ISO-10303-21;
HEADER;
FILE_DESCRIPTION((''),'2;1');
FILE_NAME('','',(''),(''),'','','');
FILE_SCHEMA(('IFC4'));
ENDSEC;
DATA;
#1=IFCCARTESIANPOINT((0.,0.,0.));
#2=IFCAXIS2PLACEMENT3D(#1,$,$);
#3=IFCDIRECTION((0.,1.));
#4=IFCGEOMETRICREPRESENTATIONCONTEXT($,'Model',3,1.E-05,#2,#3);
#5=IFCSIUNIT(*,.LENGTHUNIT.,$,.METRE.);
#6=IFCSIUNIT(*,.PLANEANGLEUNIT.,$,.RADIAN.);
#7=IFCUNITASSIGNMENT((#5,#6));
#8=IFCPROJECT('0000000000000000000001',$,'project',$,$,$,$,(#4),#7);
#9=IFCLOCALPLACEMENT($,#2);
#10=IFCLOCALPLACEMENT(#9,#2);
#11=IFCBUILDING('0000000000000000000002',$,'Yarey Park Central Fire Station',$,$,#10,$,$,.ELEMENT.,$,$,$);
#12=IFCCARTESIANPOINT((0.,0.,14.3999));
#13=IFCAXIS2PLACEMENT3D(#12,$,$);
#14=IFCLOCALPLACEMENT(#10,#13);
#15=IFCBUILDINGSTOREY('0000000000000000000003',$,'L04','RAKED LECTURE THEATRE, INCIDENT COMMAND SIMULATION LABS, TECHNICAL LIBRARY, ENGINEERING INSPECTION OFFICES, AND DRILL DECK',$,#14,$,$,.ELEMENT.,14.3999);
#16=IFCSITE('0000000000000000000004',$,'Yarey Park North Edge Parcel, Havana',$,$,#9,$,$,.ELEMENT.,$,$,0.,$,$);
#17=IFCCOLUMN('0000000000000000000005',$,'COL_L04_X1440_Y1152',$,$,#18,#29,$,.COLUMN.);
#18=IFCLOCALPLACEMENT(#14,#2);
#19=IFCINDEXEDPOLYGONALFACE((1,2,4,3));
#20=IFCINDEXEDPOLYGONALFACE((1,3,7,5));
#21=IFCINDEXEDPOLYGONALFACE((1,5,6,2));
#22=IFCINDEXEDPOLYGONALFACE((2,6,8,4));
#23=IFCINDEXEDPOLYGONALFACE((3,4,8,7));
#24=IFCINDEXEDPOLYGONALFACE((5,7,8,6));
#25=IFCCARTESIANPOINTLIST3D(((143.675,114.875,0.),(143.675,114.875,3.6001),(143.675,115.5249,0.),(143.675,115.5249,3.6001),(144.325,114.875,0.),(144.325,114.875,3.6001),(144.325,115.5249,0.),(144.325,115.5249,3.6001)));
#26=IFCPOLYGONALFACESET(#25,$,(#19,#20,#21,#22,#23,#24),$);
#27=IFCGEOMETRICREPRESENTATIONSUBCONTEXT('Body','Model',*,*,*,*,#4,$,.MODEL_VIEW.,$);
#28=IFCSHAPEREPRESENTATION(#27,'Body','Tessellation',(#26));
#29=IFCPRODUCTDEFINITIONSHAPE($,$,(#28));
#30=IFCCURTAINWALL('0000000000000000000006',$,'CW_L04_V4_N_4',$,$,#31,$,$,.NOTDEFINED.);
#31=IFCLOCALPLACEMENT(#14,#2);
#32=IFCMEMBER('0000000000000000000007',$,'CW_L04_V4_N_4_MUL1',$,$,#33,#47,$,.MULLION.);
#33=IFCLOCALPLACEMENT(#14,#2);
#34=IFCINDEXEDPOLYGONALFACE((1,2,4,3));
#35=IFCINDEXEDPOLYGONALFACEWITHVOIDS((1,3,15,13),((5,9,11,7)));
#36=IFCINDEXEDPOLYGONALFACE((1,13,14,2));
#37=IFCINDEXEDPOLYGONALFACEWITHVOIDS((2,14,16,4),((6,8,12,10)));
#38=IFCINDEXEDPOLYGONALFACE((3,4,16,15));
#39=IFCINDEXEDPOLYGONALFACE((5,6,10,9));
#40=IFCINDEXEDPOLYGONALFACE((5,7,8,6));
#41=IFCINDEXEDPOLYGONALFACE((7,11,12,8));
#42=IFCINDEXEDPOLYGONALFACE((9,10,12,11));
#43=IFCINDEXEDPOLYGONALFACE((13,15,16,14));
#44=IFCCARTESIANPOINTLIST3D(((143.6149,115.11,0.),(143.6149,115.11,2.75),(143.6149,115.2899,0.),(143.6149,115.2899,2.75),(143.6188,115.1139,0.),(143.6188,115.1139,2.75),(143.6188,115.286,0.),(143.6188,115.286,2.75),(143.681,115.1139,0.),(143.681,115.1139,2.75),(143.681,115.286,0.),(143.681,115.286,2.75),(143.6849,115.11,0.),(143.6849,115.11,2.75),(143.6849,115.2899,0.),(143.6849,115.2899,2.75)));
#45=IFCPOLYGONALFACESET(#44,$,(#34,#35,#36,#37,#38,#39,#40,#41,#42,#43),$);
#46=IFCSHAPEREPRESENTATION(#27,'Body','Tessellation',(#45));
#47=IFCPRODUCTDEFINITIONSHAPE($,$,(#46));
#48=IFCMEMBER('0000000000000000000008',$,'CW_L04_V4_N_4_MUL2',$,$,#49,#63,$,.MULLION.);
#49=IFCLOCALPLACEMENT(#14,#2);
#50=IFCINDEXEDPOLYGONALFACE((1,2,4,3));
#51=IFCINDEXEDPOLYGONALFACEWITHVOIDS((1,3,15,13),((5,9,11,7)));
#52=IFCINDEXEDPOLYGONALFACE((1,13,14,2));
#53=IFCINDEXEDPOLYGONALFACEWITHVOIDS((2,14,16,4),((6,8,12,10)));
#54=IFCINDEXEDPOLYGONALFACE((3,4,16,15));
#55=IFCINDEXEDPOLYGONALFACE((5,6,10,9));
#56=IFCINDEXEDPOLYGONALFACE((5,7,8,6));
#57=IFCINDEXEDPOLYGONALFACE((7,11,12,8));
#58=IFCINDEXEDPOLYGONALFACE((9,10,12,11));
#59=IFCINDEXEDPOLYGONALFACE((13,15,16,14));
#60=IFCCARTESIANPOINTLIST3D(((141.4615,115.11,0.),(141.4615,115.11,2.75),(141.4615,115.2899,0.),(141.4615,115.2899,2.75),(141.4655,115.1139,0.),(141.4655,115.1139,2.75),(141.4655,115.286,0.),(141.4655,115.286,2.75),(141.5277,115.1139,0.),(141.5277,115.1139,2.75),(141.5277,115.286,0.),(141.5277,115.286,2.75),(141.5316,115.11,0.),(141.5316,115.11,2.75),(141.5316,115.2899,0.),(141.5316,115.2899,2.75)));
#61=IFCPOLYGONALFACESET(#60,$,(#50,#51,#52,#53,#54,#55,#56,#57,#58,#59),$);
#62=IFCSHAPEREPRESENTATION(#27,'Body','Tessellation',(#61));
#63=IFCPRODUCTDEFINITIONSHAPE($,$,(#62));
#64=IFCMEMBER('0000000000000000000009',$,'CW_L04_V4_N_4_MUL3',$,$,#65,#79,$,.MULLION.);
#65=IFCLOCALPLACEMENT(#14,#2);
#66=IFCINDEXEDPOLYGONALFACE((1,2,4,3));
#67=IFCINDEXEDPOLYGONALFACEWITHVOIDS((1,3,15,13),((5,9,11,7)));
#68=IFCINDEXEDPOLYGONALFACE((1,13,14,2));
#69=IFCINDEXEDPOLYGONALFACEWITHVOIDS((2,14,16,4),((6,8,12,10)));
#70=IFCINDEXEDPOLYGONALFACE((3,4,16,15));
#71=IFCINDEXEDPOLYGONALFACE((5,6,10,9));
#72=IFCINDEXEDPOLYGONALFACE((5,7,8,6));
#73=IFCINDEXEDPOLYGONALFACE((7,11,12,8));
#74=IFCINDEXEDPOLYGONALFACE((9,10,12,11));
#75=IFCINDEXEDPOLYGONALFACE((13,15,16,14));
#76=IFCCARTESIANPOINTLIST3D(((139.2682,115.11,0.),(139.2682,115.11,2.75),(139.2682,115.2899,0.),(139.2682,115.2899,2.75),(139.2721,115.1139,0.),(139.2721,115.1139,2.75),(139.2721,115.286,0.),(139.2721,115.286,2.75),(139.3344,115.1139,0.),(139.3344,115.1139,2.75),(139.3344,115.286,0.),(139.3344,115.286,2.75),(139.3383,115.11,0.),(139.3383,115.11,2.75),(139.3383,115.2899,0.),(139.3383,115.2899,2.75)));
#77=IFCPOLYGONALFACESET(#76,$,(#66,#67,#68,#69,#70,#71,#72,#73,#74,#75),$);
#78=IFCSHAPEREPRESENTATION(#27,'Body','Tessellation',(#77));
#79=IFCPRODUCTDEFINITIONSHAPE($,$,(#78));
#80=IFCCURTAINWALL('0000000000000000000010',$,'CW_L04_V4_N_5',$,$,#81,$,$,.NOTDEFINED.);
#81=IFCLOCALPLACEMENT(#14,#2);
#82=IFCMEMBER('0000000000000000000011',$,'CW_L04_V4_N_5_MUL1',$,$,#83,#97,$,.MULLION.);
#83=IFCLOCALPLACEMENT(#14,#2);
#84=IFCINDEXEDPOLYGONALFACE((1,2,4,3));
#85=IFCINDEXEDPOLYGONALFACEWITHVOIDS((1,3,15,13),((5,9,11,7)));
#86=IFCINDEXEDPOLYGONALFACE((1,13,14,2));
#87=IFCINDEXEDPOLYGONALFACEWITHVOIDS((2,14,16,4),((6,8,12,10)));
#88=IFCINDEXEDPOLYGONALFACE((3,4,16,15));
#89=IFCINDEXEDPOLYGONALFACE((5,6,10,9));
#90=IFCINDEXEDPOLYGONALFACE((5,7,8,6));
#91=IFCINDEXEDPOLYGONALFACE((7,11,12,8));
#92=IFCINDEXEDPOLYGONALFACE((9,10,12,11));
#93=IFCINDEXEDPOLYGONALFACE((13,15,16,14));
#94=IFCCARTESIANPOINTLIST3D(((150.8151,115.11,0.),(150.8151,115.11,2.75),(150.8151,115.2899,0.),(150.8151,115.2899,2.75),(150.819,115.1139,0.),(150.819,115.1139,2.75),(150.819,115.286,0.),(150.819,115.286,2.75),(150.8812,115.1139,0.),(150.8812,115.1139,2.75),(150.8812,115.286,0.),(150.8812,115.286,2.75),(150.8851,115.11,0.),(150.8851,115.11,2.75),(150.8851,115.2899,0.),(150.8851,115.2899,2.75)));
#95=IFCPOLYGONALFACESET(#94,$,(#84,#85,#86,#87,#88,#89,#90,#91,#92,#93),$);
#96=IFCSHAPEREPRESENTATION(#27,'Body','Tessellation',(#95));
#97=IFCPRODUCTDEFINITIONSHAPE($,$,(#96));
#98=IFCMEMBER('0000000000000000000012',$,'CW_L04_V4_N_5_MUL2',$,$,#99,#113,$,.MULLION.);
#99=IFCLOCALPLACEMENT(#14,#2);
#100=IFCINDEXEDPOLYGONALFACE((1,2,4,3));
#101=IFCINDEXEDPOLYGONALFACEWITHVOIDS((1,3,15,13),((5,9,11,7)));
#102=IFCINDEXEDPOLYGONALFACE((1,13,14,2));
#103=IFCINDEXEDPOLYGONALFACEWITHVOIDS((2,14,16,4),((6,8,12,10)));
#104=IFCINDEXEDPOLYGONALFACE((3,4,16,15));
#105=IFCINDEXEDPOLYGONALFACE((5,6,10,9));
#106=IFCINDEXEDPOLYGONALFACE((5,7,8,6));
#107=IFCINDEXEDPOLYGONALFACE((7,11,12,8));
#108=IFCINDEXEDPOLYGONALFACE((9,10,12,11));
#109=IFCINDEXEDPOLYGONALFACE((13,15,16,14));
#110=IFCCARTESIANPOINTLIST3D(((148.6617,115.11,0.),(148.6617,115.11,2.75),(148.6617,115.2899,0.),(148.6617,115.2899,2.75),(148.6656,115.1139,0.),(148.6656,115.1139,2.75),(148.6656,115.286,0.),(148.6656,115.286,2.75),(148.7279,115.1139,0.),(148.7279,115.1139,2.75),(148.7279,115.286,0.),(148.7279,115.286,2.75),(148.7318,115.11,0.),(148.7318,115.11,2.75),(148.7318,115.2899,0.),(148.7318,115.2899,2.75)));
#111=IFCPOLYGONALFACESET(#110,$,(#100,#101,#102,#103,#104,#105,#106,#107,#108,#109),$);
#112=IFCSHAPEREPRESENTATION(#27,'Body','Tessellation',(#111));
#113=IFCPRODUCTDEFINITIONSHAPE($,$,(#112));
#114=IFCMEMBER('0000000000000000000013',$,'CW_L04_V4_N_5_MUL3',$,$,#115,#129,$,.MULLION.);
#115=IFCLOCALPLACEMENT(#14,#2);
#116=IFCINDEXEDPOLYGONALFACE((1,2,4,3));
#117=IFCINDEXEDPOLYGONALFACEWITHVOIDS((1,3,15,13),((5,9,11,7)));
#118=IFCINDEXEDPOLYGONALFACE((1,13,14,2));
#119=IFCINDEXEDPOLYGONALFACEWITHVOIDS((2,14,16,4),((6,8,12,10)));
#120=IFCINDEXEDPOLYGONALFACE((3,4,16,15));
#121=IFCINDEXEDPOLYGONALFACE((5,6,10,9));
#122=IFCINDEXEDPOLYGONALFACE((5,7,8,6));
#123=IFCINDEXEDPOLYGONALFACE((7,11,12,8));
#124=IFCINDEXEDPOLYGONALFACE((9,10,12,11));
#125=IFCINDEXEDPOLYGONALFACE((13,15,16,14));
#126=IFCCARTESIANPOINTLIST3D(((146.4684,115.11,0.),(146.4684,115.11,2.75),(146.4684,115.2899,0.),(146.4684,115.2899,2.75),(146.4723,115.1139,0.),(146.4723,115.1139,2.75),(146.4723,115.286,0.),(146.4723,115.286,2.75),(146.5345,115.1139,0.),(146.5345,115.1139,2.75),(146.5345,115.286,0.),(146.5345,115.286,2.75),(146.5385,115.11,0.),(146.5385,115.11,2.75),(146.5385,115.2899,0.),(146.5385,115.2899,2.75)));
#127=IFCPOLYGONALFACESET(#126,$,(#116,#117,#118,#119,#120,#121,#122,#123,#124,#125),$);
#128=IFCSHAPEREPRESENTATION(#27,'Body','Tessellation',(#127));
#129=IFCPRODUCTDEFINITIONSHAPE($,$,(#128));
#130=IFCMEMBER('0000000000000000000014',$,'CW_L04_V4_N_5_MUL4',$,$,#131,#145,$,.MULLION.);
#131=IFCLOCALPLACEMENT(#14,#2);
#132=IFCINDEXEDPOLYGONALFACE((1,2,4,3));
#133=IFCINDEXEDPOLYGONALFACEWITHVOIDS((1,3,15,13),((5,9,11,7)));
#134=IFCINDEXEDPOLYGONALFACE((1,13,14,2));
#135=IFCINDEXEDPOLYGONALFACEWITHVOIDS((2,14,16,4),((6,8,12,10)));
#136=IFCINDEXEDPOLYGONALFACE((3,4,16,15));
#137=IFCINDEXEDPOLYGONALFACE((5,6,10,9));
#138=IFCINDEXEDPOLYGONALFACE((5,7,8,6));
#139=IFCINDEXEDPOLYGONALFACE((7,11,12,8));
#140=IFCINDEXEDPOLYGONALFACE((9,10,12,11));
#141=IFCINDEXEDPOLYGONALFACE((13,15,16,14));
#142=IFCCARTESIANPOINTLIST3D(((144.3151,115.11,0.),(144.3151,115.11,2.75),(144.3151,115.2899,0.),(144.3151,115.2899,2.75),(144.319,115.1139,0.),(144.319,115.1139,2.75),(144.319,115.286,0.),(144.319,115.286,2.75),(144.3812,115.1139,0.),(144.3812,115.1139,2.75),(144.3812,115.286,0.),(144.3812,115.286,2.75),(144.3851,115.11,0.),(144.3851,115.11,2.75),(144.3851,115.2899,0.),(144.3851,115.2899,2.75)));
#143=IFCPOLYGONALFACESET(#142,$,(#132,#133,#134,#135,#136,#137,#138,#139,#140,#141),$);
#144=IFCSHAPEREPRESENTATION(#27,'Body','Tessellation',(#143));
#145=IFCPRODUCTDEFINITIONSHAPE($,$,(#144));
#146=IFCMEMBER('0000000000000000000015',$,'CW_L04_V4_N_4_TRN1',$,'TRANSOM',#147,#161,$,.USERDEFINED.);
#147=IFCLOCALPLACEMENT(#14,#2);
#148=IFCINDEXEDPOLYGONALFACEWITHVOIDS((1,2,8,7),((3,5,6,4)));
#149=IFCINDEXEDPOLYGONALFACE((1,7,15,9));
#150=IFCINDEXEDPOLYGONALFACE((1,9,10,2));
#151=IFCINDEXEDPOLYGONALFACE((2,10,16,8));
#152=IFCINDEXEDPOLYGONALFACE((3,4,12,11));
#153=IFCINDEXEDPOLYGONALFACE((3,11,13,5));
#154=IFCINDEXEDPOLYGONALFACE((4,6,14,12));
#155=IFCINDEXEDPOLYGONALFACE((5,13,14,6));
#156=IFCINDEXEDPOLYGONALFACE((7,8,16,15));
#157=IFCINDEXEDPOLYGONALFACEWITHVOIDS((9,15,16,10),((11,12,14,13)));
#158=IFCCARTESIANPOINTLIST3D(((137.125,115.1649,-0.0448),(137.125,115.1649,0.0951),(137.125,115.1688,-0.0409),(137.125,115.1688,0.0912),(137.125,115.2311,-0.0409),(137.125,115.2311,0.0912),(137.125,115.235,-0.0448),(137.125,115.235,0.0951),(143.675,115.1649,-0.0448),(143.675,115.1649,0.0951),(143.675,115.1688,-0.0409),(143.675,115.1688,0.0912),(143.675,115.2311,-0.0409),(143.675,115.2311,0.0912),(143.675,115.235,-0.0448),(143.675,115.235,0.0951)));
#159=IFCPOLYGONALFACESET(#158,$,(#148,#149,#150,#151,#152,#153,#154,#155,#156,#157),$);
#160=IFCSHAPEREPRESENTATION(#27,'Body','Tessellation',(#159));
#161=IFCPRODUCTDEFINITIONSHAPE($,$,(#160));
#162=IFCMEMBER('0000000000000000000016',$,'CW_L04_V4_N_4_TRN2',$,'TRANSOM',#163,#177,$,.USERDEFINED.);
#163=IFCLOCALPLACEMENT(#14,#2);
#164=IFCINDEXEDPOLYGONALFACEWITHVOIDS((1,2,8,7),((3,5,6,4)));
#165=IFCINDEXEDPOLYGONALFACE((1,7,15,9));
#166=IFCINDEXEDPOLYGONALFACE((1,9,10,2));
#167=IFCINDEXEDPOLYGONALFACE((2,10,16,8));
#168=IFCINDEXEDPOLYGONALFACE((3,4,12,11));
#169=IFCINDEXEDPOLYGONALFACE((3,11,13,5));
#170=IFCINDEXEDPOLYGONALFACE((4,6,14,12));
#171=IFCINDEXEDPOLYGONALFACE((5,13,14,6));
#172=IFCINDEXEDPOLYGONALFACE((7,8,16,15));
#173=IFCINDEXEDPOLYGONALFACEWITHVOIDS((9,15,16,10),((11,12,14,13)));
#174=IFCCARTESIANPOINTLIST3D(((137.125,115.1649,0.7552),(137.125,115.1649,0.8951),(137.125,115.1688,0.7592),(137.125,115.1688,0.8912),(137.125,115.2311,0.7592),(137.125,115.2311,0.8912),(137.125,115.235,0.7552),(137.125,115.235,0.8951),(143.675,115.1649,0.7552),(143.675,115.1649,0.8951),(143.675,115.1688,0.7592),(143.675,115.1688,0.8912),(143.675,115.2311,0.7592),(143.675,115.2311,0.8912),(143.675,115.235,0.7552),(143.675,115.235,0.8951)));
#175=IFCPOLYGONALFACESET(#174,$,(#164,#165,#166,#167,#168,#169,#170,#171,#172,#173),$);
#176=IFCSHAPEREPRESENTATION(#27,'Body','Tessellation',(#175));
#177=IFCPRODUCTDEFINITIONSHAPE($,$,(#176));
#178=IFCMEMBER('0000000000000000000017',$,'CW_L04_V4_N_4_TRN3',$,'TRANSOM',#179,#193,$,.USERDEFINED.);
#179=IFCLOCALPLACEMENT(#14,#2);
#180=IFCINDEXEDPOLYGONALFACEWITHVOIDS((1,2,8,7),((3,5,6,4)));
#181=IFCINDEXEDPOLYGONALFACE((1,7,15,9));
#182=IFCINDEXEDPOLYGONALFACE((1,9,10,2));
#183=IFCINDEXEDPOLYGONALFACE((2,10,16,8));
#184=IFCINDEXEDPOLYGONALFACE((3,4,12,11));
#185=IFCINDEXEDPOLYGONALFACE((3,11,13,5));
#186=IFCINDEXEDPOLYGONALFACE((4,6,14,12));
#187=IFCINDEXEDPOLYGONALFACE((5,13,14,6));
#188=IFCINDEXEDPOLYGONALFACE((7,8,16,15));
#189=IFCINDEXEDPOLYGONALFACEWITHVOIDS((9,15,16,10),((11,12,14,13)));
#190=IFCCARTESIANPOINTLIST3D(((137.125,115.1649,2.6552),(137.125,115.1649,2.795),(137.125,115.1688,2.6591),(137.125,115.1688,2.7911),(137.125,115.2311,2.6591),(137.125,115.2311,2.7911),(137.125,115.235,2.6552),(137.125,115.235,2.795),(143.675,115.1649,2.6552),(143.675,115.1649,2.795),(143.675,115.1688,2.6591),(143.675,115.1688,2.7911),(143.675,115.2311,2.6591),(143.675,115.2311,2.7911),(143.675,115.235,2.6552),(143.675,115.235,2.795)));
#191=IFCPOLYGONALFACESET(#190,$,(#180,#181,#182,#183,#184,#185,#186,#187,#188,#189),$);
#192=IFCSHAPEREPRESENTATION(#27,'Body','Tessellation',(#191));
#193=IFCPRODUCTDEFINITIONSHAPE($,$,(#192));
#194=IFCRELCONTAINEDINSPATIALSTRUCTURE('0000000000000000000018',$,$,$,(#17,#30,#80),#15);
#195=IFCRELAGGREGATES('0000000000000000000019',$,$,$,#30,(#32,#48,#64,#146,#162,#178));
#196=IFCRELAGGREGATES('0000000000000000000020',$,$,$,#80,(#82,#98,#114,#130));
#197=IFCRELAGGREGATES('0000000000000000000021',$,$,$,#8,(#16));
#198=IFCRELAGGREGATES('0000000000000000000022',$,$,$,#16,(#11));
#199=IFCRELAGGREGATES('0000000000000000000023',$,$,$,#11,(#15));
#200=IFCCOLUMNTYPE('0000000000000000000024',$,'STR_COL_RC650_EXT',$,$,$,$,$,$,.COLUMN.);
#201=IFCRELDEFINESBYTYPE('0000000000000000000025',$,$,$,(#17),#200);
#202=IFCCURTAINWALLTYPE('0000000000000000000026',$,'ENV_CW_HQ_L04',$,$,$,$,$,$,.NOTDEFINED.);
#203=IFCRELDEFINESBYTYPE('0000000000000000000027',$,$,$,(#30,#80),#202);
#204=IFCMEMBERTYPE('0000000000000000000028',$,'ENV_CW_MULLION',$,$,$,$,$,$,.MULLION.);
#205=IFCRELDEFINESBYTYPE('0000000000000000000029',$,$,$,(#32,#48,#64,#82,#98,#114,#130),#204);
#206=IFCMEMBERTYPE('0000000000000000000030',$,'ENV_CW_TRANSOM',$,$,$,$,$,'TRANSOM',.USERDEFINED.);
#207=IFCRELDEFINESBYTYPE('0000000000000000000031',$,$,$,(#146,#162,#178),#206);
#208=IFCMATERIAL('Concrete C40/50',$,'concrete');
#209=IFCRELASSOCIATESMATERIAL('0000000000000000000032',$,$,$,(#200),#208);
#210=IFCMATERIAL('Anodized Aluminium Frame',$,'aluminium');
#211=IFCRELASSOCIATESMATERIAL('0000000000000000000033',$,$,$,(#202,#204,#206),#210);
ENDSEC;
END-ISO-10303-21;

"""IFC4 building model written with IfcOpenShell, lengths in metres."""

from ifc_helpers import new_model, si_unit, direction, frame, origin, origin_2d, place, context, subcontext, project, spatial, rectangle, hollow_rectangle, extrude, material, material_profile, profile_set, type_object, element, aggregate, save


model = new_model("IFC4")

# Units and contexts
model_context = context("Model", 3, precision=1e-05, world=origin(), true_north=direction((0.0, 1.0)))
body_context = subcontext(model_context, "Body", "Model", "MODEL_VIEW")
ifc_project = project(units=[si_unit("LENGTHUNIT", "METRE"), si_unit("PLANEANGLEUNIT", "RADIAN")], contexts=[model_context])

# Site, building, storey
site_placement = place(None, origin())
site = spatial("IfcSite", under=ifc_project, at=site_placement, Name="Yarey Park North Edge Parcel, Havana", CompositionType="ELEMENT", RefElevation=0.0)
building_placement = place(site_placement, origin())
building = spatial("IfcBuilding", under=site, at=building_placement, Name="Yarey Park Central Fire Station", CompositionType="ELEMENT")
storey_placement = place(building_placement, frame((0.0, 0.0, 14.3999)))
storey = spatial("IfcBuildingStorey", under=building, at=storey_placement, Name="L04", Description="RAKED LECTURE THEATRE, INCIDENT COMMAND SIMULATION LABS, TECHNICAL LIBRARY, ENGINEERING INSPECTION OFFICES, AND DRILL DECK", CompositionType="ELEMENT", Elevation=14.3999)

# Column
ifc_material_1 = material(Name="Concrete C40/50", Category="concrete")
ifc_material_profile_1 = material_profile(ifc_material_1, rectangle(XDim=0.6499, YDim=0.6499, at=origin_2d()), Name="RC 650x650")
ifc_profile_set_1 = profile_set([ifc_material_profile_1], Name="Concrete C40/50")
column_type = type_object("IfcColumnType", Name="STR_COL_RC650_EXT", PredefinedType="COLUMN", material=ifc_profile_set_1)
column_placement = place(storey_placement, frame((144.0, 115.2, 0.0), z_axis=(0.0, 0.0, 1.0), x_axis=(1.0, 0.0, 0.0)))
element("IfcColumn", 1, at=column_placement, inside=storey, type_object=column_type, Name="COL_L04_X1440_Y1152", PredefinedType="COLUMN", context=body_context, shape_type="SweptSolid", body=[
    extrude(rectangle(XDim=0.6499, YDim=0.6499, at=origin_2d()), origin(), (0.0, 0.0, 1.0), 3.6001),
])

# Curtain walls, members
ifc_material_2 = material(Name="Anodized Aluminium Frame", Category="aluminium")
curtain_wall_type = type_object("IfcCurtainWallType", Name="ENV_CW_HQ_L04", PredefinedType="NOTDEFINED", material=ifc_material_2)
curtain_wall_1_placement = place(storey_placement, origin())
curtain_wall_1 = element("IfcCurtainWall", 2, at=curtain_wall_1_placement, inside=storey, type_object=curtain_wall_type, Name="CW_L04_V4_N_4", PredefinedType="NOTDEFINED")
ifc_material_profile_2 = material_profile(ifc_material_2, hollow_rectangle(XDim=0.0701, YDim=0.1799, WallThickness=0.0039, at=origin_2d()), Name="ALU 180x70x4")
ifc_profile_set_2 = profile_set([ifc_material_profile_2], Name="Anodized Aluminium Frame")
member_type_1 = type_object("IfcMemberType", Name="ENV_CW_MULLION", PredefinedType="MULLION", material=ifc_profile_set_2)
member_1_placement = place(storey_placement, frame((143.6499, 115.2, 0.0), z_axis=(0.0, 0.0, 1.0), x_axis=(1.0, 0.0, 0.0)))
member_1 = element("IfcMember", 3, at=member_1_placement, type_object=member_type_1, Name="CW_L04_V4_N_4_MUL1", PredefinedType="MULLION", context=body_context, shape_type="SweptSolid", body=[
    extrude(hollow_rectangle(XDim=0.0701, YDim=0.1799, WallThickness=0.0039, at=origin_2d()), origin(), (0.0, 0.0, 1.0), 2.75),
])
member_2_placement = place(storey_placement, frame((141.4966, 115.2, 0.0), z_axis=(0.0, 0.0, 1.0), x_axis=(1.0, 0.0, 0.0)))
member_2 = element("IfcMember", 4, at=member_2_placement, type_object=member_type_1, Name="CW_L04_V4_N_4_MUL2", PredefinedType="MULLION", context=body_context, shape_type="SweptSolid", body=[
    extrude(hollow_rectangle(XDim=0.0701, YDim=0.1799, WallThickness=0.0039, at=origin_2d()), origin(), (0.0, 0.0, 1.0), 2.75),
])
member_3_placement = place(storey_placement, frame((139.3032, 115.2, 0.0), z_axis=(0.0, 0.0, 1.0), x_axis=(1.0, 0.0, 0.0)))
member_3 = element("IfcMember", 5, at=member_3_placement, type_object=member_type_1, Name="CW_L04_V4_N_4_MUL3", PredefinedType="MULLION", context=body_context, shape_type="SweptSolid", body=[
    extrude(hollow_rectangle(XDim=0.0701, YDim=0.1799, WallThickness=0.0039, at=origin_2d()), origin(), (0.0, 0.0, 1.0), 2.75),
])
curtain_wall_2_placement = place(storey_placement, origin())
curtain_wall_2 = element("IfcCurtainWall", 6, at=curtain_wall_2_placement, inside=storey, type_object=curtain_wall_type, Name="CW_L04_V4_N_5", PredefinedType="NOTDEFINED")
member_4_placement = place(storey_placement, frame((150.8501, 115.2, 0.0), z_axis=(0.0, 0.0, 1.0), x_axis=(1.0, 0.0, 0.0)))
member_4 = element("IfcMember", 7, at=member_4_placement, type_object=member_type_1, Name="CW_L04_V4_N_5_MUL1", PredefinedType="MULLION", context=body_context, shape_type="SweptSolid", body=[
    extrude(hollow_rectangle(XDim=0.0701, YDim=0.1799, WallThickness=0.0039, at=origin_2d()), origin(), (0.0, 0.0, 1.0), 2.75),
])
member_5_placement = place(storey_placement, frame((148.6968, 115.2, 0.0), z_axis=(0.0, 0.0, 1.0), x_axis=(1.0, 0.0, 0.0)))
member_5 = element("IfcMember", 8, at=member_5_placement, type_object=member_type_1, Name="CW_L04_V4_N_5_MUL2", PredefinedType="MULLION", context=body_context, shape_type="SweptSolid", body=[
    extrude(hollow_rectangle(XDim=0.0701, YDim=0.1799, WallThickness=0.0039, at=origin_2d()), origin(), (0.0, 0.0, 1.0), 2.75),
])
member_6_placement = place(storey_placement, frame((146.5034, 115.2, 0.0), z_axis=(0.0, 0.0, 1.0), x_axis=(1.0, 0.0, 0.0)))
member_6 = element("IfcMember", 9, at=member_6_placement, type_object=member_type_1, Name="CW_L04_V4_N_5_MUL3", PredefinedType="MULLION", context=body_context, shape_type="SweptSolid", body=[
    extrude(hollow_rectangle(XDim=0.0701, YDim=0.1799, WallThickness=0.0039, at=origin_2d()), origin(), (0.0, 0.0, 1.0), 2.75),
])
member_7_placement = place(storey_placement, frame((144.3501, 115.2, 0.0), z_axis=(0.0, 0.0, 1.0), x_axis=(1.0, 0.0, 0.0)))
member_7 = element("IfcMember", 10, at=member_7_placement, type_object=member_type_1, Name="CW_L04_V4_N_5_MUL4", PredefinedType="MULLION", context=body_context, shape_type="SweptSolid", body=[
    extrude(hollow_rectangle(XDim=0.0701, YDim=0.1799, WallThickness=0.0039, at=origin_2d()), origin(), (0.0, 0.0, 1.0), 2.75),
])

# Members
ifc_material_profile_3 = material_profile(ifc_material_2, hollow_rectangle(XDim=0.0701, YDim=0.1399, WallThickness=0.0039, at=origin_2d()), Name="ALU 140x70x4")
ifc_profile_set_3 = profile_set([ifc_material_profile_3], Name="Anodized Aluminium Frame")
member_type_2 = type_object("IfcMemberType", Name="ENV_CW_TRANSOM", ElementType="TRANSOM", PredefinedType="USERDEFINED", material=ifc_profile_set_3)
member_8_placement = place(storey_placement, frame((143.675, 115.2, 0.0251), z_axis=(-1.0, 0.0, 0.0), x_axis=(0.0, -1.0, 0.0)))
member_8 = element("IfcMember", 11, at=member_8_placement, type_object=member_type_2, Name="CW_L04_V4_N_4_TRN1", ObjectType="TRANSOM", PredefinedType="USERDEFINED", context=body_context, shape_type="SweptSolid", body=[
    extrude(hollow_rectangle(XDim=0.0701, YDim=0.1399, WallThickness=0.0039, at=origin_2d()), origin(), (0.0, 0.0, 1.0), 6.55),
])
member_9_placement = place(storey_placement, frame((143.675, 115.2, 0.8252), z_axis=(-1.0, 0.0, 0.0), x_axis=(0.0, -1.0, 0.0)))
member_9 = element("IfcMember", 12, at=member_9_placement, type_object=member_type_2, Name="CW_L04_V4_N_4_TRN2", ObjectType="TRANSOM", PredefinedType="USERDEFINED", context=body_context, shape_type="SweptSolid", body=[
    extrude(hollow_rectangle(XDim=0.0701, YDim=0.1399, WallThickness=0.0039, at=origin_2d()), origin(), (0.0, 0.0, 1.0), 6.55),
])
member_10_placement = place(storey_placement, frame((143.675, 115.2, 2.7251), z_axis=(-1.0, 0.0, 0.0), x_axis=(0.0, -1.0, 0.0)))
member_10 = element("IfcMember", 13, at=member_10_placement, type_object=member_type_2, Name="CW_L04_V4_N_4_TRN3", ObjectType="TRANSOM", PredefinedType="USERDEFINED", context=body_context, shape_type="SweptSolid", body=[
    extrude(hollow_rectangle(XDim=0.0701, YDim=0.1399, WallThickness=0.0039, at=origin_2d()), origin(), (0.0, 0.0, 1.0), 6.55),
])

aggregate(curtain_wall_1, [member_1, member_2, member_3, member_8, member_9, member_10])
aggregate(curtain_wall_2, [member_4, member_5, member_6, member_7])

save(model, "model.ifc")
